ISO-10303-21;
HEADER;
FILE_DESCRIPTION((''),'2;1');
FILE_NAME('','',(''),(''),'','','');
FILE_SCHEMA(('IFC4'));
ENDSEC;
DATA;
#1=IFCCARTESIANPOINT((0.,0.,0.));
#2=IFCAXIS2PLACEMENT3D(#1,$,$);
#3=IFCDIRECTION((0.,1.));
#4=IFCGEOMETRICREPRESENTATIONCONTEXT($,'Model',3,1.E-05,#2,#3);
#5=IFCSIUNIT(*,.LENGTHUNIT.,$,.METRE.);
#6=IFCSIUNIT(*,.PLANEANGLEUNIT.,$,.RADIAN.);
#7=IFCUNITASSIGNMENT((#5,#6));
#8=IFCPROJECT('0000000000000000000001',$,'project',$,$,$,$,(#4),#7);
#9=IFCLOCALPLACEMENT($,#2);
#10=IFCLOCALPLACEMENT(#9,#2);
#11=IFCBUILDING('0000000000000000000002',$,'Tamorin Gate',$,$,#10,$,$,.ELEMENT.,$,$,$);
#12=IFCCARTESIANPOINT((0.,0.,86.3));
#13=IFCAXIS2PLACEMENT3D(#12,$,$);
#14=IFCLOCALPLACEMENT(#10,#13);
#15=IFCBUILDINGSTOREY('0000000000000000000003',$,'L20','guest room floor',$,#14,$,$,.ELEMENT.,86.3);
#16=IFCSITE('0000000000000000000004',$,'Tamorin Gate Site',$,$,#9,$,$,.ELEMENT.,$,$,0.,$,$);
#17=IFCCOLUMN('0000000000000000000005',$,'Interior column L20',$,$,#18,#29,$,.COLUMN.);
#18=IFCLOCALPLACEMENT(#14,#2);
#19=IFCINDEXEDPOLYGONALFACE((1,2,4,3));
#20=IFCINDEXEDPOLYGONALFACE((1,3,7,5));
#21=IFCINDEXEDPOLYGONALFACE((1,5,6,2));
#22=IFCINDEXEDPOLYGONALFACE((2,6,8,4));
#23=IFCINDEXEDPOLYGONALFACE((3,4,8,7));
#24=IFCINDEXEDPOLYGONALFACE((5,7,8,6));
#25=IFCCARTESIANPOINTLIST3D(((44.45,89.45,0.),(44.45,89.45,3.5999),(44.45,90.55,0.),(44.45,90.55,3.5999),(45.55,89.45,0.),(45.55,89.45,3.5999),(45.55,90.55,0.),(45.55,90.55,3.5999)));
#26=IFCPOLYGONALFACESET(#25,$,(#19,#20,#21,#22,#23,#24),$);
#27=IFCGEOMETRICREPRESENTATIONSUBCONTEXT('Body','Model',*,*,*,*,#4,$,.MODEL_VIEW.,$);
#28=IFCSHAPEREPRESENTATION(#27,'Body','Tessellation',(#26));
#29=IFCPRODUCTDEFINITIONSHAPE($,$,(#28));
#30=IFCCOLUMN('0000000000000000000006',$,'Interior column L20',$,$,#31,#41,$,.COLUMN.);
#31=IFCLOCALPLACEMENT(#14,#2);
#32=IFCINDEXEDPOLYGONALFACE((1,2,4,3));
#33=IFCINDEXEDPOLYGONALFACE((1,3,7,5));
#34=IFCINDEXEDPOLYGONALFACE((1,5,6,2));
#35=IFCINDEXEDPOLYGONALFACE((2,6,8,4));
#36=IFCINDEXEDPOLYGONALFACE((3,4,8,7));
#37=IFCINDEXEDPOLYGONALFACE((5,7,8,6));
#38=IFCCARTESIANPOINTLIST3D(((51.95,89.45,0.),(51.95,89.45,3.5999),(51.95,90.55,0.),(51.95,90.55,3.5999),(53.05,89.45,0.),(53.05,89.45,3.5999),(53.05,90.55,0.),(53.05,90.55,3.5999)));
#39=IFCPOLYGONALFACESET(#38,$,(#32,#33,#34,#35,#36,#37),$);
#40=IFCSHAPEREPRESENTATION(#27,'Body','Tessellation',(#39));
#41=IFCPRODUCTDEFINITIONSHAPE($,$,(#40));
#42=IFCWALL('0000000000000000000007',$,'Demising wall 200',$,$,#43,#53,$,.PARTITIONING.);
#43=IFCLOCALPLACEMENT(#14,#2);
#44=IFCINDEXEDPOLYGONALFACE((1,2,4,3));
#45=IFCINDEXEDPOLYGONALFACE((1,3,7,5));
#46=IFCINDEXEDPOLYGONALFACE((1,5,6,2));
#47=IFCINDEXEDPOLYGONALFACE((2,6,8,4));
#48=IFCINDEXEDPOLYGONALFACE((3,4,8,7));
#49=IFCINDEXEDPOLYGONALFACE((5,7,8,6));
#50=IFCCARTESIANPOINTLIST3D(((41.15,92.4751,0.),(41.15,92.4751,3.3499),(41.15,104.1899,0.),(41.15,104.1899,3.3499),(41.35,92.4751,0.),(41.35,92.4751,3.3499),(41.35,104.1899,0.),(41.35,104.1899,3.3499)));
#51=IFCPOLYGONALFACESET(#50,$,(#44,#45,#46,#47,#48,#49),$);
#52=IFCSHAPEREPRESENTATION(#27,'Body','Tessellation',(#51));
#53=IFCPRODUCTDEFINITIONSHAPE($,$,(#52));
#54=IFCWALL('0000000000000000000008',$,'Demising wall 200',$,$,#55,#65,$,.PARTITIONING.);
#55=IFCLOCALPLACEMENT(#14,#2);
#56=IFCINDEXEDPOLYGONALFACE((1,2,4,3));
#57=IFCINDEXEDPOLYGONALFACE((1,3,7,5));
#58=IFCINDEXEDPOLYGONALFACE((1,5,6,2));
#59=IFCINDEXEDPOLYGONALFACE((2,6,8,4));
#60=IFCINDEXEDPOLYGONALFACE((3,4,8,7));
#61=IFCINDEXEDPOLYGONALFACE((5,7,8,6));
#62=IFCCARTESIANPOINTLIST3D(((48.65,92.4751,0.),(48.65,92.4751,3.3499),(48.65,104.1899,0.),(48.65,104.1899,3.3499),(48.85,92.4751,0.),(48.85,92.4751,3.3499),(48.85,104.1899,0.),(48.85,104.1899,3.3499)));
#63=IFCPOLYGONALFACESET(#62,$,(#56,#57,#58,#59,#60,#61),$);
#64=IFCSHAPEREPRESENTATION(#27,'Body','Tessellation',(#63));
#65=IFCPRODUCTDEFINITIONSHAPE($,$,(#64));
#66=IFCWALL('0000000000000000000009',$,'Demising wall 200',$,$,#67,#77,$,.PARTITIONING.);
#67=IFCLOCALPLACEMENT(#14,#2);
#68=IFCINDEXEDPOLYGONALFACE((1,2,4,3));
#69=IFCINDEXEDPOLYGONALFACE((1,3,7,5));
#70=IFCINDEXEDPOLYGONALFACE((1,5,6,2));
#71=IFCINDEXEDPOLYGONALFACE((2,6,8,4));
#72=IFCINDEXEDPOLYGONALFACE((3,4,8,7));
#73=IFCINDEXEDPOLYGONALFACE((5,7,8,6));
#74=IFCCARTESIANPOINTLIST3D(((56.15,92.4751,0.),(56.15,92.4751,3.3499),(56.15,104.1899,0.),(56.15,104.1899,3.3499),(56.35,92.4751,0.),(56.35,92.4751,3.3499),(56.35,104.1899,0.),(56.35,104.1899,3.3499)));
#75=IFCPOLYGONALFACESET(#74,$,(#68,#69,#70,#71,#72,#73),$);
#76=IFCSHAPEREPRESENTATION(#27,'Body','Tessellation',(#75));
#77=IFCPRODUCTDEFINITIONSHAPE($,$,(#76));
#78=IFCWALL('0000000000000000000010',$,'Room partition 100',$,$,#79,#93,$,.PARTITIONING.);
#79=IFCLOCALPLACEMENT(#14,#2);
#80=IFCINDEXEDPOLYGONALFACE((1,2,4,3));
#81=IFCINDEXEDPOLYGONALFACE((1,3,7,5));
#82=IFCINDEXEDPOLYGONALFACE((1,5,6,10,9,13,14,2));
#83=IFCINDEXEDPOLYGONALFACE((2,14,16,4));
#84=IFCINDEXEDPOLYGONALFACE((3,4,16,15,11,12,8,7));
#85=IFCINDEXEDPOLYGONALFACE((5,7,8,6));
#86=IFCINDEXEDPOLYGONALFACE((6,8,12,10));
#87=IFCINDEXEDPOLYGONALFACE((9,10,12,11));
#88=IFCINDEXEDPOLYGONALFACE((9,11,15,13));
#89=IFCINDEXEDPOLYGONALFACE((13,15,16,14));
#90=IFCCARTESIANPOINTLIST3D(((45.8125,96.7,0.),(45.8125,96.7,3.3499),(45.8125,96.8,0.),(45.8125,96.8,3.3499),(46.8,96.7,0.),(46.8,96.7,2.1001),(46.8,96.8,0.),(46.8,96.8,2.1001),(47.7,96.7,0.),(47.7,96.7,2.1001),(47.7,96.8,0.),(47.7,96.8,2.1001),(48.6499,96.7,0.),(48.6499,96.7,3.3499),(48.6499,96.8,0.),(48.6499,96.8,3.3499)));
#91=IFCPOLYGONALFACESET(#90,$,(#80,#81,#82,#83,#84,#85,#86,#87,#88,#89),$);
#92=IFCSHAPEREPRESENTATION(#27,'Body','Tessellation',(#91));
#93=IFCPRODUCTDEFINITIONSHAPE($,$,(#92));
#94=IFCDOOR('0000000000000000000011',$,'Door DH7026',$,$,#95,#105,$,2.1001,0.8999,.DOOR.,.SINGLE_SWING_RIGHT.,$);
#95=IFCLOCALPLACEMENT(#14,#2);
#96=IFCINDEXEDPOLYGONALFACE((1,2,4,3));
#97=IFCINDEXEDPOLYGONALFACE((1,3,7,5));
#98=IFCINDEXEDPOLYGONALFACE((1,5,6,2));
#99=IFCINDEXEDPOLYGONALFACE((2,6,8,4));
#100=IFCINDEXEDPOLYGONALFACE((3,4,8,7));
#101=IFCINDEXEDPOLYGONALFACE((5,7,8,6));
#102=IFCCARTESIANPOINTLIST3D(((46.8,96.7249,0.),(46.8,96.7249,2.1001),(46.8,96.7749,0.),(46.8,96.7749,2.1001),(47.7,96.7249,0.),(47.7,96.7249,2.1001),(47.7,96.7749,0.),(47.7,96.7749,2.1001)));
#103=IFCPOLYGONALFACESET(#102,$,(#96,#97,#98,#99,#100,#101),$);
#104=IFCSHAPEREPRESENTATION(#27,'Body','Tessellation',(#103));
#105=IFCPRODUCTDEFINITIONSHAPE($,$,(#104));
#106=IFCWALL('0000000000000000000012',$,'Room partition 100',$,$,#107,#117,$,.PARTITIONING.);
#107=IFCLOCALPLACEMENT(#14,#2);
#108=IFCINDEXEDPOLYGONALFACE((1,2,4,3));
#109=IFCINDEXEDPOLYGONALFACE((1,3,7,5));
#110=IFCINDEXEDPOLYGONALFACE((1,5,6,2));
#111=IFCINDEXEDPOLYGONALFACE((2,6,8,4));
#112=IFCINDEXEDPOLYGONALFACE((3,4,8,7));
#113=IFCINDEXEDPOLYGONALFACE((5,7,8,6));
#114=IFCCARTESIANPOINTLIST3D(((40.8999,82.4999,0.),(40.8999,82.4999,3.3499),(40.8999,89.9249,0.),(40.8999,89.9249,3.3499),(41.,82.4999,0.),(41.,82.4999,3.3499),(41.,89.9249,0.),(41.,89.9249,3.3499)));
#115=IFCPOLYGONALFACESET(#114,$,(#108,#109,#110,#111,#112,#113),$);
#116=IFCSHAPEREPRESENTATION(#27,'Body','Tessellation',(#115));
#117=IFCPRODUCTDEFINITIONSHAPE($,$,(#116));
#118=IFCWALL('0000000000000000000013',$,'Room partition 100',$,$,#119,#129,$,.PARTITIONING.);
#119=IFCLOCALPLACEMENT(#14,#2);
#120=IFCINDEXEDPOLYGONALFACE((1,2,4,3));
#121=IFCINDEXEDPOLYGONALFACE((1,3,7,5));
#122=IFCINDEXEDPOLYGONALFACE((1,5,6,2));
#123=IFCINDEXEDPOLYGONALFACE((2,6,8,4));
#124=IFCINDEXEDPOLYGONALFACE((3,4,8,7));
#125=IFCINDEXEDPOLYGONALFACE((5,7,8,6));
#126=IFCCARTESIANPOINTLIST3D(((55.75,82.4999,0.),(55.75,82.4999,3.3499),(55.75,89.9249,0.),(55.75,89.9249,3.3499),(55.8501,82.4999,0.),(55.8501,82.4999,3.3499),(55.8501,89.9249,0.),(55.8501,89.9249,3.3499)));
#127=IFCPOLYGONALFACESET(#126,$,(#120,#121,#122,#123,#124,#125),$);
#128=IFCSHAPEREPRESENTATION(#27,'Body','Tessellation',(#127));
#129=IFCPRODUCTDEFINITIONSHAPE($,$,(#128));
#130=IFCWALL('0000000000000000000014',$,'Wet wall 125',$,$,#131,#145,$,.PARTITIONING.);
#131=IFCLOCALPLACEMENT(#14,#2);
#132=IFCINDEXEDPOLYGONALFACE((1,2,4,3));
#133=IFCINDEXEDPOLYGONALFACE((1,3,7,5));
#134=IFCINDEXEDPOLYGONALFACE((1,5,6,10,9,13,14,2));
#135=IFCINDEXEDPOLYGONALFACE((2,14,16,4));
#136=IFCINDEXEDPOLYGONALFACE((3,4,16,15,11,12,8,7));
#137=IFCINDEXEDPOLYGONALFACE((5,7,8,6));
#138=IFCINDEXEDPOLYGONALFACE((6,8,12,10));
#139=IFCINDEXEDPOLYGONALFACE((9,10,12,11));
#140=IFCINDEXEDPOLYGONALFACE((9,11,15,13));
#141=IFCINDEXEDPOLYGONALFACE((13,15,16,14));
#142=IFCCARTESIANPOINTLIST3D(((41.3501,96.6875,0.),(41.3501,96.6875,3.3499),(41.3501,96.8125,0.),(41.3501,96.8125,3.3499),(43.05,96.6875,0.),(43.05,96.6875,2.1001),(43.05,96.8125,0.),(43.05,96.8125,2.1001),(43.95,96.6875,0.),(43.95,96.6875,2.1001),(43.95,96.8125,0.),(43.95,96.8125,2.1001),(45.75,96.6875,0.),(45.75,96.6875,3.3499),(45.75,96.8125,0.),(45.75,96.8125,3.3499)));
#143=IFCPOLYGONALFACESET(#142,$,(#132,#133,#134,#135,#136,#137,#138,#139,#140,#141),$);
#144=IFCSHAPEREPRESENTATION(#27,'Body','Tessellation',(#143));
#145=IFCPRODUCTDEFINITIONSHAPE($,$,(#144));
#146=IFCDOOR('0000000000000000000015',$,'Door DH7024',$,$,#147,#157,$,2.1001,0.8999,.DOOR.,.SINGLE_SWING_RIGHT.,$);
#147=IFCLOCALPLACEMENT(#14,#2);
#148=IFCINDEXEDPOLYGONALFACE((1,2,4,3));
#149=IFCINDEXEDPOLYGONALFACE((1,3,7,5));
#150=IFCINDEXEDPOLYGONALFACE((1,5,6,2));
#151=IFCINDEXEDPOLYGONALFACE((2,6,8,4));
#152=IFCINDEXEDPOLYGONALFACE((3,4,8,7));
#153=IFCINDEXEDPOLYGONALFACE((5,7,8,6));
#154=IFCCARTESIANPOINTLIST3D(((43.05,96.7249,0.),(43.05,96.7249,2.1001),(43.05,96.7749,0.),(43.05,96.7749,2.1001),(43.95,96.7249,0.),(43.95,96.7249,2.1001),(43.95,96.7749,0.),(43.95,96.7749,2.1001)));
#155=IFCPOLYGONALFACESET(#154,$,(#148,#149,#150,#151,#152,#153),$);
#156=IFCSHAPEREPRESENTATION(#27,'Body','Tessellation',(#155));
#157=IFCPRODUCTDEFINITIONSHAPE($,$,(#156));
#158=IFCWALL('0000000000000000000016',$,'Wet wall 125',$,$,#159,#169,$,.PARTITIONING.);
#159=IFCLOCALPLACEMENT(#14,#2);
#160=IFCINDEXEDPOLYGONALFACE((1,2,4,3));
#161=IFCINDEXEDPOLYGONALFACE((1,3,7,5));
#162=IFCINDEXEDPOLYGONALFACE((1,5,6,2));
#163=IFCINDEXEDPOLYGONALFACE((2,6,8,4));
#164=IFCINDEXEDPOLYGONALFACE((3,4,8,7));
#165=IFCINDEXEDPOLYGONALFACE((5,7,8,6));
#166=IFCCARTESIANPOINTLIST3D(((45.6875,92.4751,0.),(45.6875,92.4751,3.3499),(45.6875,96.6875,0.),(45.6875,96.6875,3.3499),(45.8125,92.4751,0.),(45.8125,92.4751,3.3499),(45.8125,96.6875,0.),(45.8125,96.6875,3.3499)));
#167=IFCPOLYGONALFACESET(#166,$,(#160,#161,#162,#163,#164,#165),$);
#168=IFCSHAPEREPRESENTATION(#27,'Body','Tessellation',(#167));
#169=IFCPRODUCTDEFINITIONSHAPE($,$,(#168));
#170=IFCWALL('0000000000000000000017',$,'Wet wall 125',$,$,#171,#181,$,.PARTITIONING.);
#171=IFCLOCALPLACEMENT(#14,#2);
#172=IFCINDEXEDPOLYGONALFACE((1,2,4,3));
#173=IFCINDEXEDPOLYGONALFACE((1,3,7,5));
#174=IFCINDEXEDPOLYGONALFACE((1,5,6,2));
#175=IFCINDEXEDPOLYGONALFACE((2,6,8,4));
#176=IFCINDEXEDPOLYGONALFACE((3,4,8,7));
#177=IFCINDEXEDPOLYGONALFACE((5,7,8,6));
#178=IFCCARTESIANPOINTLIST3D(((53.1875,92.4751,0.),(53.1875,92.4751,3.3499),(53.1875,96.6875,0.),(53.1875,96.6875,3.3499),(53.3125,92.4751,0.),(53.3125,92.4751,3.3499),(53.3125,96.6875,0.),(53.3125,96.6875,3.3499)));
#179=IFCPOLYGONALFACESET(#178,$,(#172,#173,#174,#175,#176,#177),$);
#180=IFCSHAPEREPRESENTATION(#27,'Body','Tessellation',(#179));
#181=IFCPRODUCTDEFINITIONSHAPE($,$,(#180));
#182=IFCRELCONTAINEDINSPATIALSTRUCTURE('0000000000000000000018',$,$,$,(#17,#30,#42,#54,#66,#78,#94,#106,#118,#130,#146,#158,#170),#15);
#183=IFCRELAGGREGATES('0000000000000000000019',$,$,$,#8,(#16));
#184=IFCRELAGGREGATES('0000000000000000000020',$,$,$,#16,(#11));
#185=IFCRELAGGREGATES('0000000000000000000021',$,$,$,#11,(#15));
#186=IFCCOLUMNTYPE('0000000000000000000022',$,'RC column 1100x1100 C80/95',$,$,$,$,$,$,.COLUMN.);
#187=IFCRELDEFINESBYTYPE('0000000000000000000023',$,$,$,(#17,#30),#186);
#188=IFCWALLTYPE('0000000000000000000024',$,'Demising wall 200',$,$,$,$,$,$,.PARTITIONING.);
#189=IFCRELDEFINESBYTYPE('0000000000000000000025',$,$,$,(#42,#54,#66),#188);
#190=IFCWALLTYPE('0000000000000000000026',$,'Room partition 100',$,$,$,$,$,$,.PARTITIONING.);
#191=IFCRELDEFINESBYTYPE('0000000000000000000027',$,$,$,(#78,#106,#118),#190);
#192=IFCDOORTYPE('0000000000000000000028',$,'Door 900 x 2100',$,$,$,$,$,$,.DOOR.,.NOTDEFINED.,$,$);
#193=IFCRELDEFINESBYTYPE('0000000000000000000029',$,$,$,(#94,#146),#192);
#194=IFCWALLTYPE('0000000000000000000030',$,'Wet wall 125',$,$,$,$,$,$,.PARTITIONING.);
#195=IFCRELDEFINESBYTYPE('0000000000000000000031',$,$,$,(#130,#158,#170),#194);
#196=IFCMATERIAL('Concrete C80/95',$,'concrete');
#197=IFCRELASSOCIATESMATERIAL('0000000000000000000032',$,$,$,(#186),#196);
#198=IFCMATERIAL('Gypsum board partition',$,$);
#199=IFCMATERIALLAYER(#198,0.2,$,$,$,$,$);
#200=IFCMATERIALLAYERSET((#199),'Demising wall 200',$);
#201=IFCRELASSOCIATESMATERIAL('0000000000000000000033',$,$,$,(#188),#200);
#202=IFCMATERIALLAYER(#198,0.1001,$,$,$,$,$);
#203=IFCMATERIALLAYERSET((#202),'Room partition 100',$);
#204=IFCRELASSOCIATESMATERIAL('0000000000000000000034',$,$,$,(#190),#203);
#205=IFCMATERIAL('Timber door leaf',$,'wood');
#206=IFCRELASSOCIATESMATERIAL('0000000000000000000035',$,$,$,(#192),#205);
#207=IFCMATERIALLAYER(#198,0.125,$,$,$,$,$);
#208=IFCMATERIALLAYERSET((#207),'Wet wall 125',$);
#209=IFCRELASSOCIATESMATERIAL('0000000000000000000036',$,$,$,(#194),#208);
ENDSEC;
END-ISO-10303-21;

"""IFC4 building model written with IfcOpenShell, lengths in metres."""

from ifc_helpers import new_model, si_unit, direction, frame, frame_2d, origin, origin_2d, place, context, subcontext, project, spatial, rectangle, extrude, material, layer, layer_set, material_profile, profile_set, type_object, element, fill, save


model = new_model("IFC4")

# Units and contexts
model_context = context("Model", 3, precision=1e-05, world=origin(), true_north=direction((0.0, 1.0)))
body_context = subcontext(model_context, "Body", "Model", "MODEL_VIEW")
ifc_project = project(units=[si_unit("LENGTHUNIT", "METRE"), si_unit("PLANEANGLEUNIT", "RADIAN")], contexts=[model_context])

# Site, building, storey
site_placement = place(None, origin())
site = spatial("IfcSite", under=ifc_project, at=site_placement, Name="Tamorin Gate Site", CompositionType="ELEMENT", RefElevation=0.0)
building_placement = place(site_placement, origin())
building = spatial("IfcBuilding", under=site, at=building_placement, Name="Tamorin Gate", CompositionType="ELEMENT")
storey_placement = place(building_placement, frame((0.0, 0.0, 86.3)))
storey = spatial("IfcBuildingStorey", under=building, at=storey_placement, Name="L20", Description="guest room floor", CompositionType="ELEMENT", Elevation=86.3)

# Columns
ifc_material_1 = material(Name="Concrete C80/95", Category="concrete")
ifc_material_profile = material_profile(ifc_material_1, rectangle(XDim=1.1001, YDim=1.1001, at=origin_2d()), Name="RC 1100x1100")
ifc_profile_set = profile_set([ifc_material_profile], Name="Concrete C80/95")
column_type = type_object("IfcColumnType", Name="RC column 1100x1100 C80/95", PredefinedType="COLUMN", material=ifc_profile_set)
for number, where, z_axis, x_axis, name in (
    (1, (45.0, 90.0, 0.0), (0.0, 0.0, 1.0), (1.0, 0.0, 0.0), "Interior column L20"),
    (2, (52.5, 90.0, 0.0), (0.0, 0.0, 1.0), (1.0, 0.0, 0.0), "Interior column L20"),
):
    element("IfcColumn", number, at=place(storey_placement, frame(where, z_axis=z_axis, x_axis=x_axis)), inside=storey, type_object=column_type, Name=name, PredefinedType="COLUMN", context=body_context, shape_type="SweptSolid", body=[
        extrude(rectangle(XDim=1.1001, YDim=1.1001, at=origin_2d()), origin(), (0.0, 0.0, 1.0), 3.5999),
    ])

# Walls
ifc_material_2 = material(Name="Gypsum board partition")
ifc_layer_1 = layer(ifc_material_2, 0.2)
ifc_layer_set_1 = layer_set([ifc_layer_1], Name="Demising wall 200")
wall_type_1 = type_object("IfcWallType", Name="Demising wall 200", PredefinedType="PARTITIONING", material=ifc_layer_set_1)
for number, where, z_axis, x_axis, name in (
    (3, (41.25, 92.4751, 0.0), (0.0, 0.0, 1.0), (0.0, 1.0, 0.0), "Demising wall 200"),
    (4, (48.75, 92.4751, 0.0), (0.0, 0.0, 1.0), (0.0, 1.0, 0.0), "Demising wall 200"),
    (5, (56.25, 92.4751, 0.0), (0.0, 0.0, 1.0), (0.0, 1.0, 0.0), "Demising wall 200"),
):
    element("IfcWall", number, at=place(storey_placement, frame(where, z_axis=z_axis, x_axis=x_axis)), inside=storey, type_object=wall_type_1, Name=name, PredefinedType="PARTITIONING", context=body_context, shape_type="SweptSolid", body=[
        extrude(rectangle(XDim=11.7148, YDim=0.2, at=frame_2d((5.8574, 0.0))), origin(), (0.0, 0.0, 1.0), 3.3499),
    ])

# Wall, opening, door
ifc_layer_2 = layer(ifc_material_2, 0.1001)
ifc_layer_set_2 = layer_set([ifc_layer_2], Name="Room partition 100")
wall_type_2 = type_object("IfcWallType", Name="Room partition 100", PredefinedType="PARTITIONING", material=ifc_layer_set_2)
wall_1_placement = place(storey_placement, frame((45.8125, 96.75, 0.0), z_axis=(0.0, 0.0, 1.0), x_axis=(1.0, 0.0, 0.0)))
wall_1 = element("IfcWall", 6, at=wall_1_placement, inside=storey, type_object=wall_type_2, Name="Room partition 100", PredefinedType="PARTITIONING", context=body_context, shape_type="SweptSolid", body=[
    extrude(rectangle(XDim=2.8374, YDim=0.1001, at=frame_2d((1.4187, 0.0))), origin(), (0.0, 0.0, 1.0), 3.3499),
])
opening_1_placement = place(wall_1_placement, frame((0.9875, 0.0, 0.0)))
opening_1 = element("IfcOpeningElement", 7, at=opening_1_placement, cuts=wall_1, PredefinedType="OPENING", context=body_context, shape_type="SweptSolid", body=[
    extrude(rectangle(XDim=0.8999, YDim=2.1001, at=frame_2d((0.45, 1.05))), frame((0.0, 0.0601, 0.0), z_axis=(0.0, -1.0, 0.0), x_axis=(1.0, 0.0, 0.0)), (0.0, 0.0, 1.0), 0.1201),
])
ifc_material_3 = material(Name="Timber door leaf", Category="wood")
door_type = type_object("IfcDoorType", Name="Door 900 x 2100", OperationType="NOTDEFINED", PredefinedType="DOOR", material=ifc_material_3)
door_1_placement = place(opening_1_placement, origin())
door_1 = element("IfcDoor", 8, at=door_1_placement, inside=storey, type_object=door_type, Name="Door DH7026", OperationType="SINGLE_SWING_RIGHT", OverallHeight=2.1001, OverallWidth=0.8999, PredefinedType="DOOR", context=body_context, shape_type="SweptSolid", body=[
    extrude(rectangle(XDim=0.8999, YDim=2.1001, at=frame_2d((0.45, 1.05))), frame((0.0, 0.0249, 0.0), z_axis=(0.0, -1.0, 0.0), x_axis=(1.0, 0.0, 0.0)), (0.0, 0.0, 1.0), 0.05),
])
fill(opening_1, door_1)

# Walls
for number, where, z_axis, x_axis, name in (
    (9, (40.95, 82.5, 0.0), (0.0, 0.0, 1.0), (0.0, 1.0, 0.0), "Room partition 100"),
    (10, (55.8, 82.5, 0.0), (0.0, 0.0, 1.0), (0.0, 1.0, 0.0), "Room partition 100"),
):
    element("IfcWall", number, at=place(storey_placement, frame(where, z_axis=z_axis, x_axis=x_axis)), inside=storey, type_object=wall_type_2, Name=name, PredefinedType="PARTITIONING", context=body_context, shape_type="SweptSolid", body=[
        extrude(rectangle(XDim=7.425, YDim=0.1001, at=frame_2d((3.7124, 0.0))), origin(), (0.0, 0.0, 1.0), 3.3499),
    ])

# Wall, opening, door
ifc_layer_3 = layer(ifc_material_2, 0.125)
ifc_layer_set_3 = layer_set([ifc_layer_3], Name="Wet wall 125")
wall_type_3 = type_object("IfcWallType", Name="Wet wall 125", PredefinedType="PARTITIONING", material=ifc_layer_set_3)
wall_2_placement = place(storey_placement, frame((41.3501, 96.75, 0.0), z_axis=(0.0, 0.0, 1.0), x_axis=(1.0, 0.0, 0.0)))
wall_2 = element("IfcWall", 11, at=wall_2_placement, inside=storey, type_object=wall_type_3, Name="Wet wall 125", PredefinedType="PARTITIONING", context=body_context, shape_type="SweptSolid", body=[
    extrude(rectangle(XDim=4.3999, YDim=0.125, at=frame_2d((2.2, 0.0))), origin(), (0.0, 0.0, 1.0), 3.3499),
])
opening_2_placement = place(wall_2_placement, frame((1.7, 0.0, 0.0)))
opening_2 = element("IfcOpeningElement", 12, at=opening_2_placement, cuts=wall_2, PredefinedType="OPENING", context=body_context, shape_type="SweptSolid", body=[
    extrude(rectangle(XDim=0.8999, YDim=2.1001, at=frame_2d((0.45, 1.05))), frame((0.0, 0.0725, 0.0), z_axis=(0.0, -1.0, 0.0), x_axis=(1.0, 0.0, 0.0)), (0.0, 0.0, 1.0), 0.145),
])
door_2_placement = place(opening_2_placement, origin())
door_2 = element("IfcDoor", 13, at=door_2_placement, inside=storey, type_object=door_type, Name="Door DH7024", OperationType="SINGLE_SWING_RIGHT", OverallHeight=2.1001, OverallWidth=0.8999, PredefinedType="DOOR", context=body_context, shape_type="SweptSolid", body=[
    extrude(rectangle(XDim=0.8999, YDim=2.1001, at=frame_2d((0.45, 1.05))), frame((0.0, 0.0249, 0.0), z_axis=(0.0, -1.0, 0.0), x_axis=(1.0, 0.0, 0.0)), (0.0, 0.0, 1.0), 0.05),
])
fill(opening_2, door_2)

# Walls
for number, where, z_axis, x_axis, name in (
    (14, (45.75, 92.4751, 0.0), (0.0, 0.0, 1.0), (0.0, 1.0, 0.0), "Wet wall 125"),
    (15, (53.25, 92.4751, 0.0), (0.0, 0.0, 1.0), (0.0, 1.0, 0.0), "Wet wall 125"),
):
    element("IfcWall", number, at=place(storey_placement, frame(where, z_axis=z_axis, x_axis=x_axis)), inside=storey, type_object=wall_type_3, Name=name, PredefinedType="PARTITIONING", context=body_context, shape_type="SweptSolid", body=[
        extrude(rectangle(XDim=4.2124, YDim=0.125, at=frame_2d((2.1062, 0.0))), origin(), (0.0, 0.0, 1.0), 3.3499),
    ])

save(model, "model.ifc")
